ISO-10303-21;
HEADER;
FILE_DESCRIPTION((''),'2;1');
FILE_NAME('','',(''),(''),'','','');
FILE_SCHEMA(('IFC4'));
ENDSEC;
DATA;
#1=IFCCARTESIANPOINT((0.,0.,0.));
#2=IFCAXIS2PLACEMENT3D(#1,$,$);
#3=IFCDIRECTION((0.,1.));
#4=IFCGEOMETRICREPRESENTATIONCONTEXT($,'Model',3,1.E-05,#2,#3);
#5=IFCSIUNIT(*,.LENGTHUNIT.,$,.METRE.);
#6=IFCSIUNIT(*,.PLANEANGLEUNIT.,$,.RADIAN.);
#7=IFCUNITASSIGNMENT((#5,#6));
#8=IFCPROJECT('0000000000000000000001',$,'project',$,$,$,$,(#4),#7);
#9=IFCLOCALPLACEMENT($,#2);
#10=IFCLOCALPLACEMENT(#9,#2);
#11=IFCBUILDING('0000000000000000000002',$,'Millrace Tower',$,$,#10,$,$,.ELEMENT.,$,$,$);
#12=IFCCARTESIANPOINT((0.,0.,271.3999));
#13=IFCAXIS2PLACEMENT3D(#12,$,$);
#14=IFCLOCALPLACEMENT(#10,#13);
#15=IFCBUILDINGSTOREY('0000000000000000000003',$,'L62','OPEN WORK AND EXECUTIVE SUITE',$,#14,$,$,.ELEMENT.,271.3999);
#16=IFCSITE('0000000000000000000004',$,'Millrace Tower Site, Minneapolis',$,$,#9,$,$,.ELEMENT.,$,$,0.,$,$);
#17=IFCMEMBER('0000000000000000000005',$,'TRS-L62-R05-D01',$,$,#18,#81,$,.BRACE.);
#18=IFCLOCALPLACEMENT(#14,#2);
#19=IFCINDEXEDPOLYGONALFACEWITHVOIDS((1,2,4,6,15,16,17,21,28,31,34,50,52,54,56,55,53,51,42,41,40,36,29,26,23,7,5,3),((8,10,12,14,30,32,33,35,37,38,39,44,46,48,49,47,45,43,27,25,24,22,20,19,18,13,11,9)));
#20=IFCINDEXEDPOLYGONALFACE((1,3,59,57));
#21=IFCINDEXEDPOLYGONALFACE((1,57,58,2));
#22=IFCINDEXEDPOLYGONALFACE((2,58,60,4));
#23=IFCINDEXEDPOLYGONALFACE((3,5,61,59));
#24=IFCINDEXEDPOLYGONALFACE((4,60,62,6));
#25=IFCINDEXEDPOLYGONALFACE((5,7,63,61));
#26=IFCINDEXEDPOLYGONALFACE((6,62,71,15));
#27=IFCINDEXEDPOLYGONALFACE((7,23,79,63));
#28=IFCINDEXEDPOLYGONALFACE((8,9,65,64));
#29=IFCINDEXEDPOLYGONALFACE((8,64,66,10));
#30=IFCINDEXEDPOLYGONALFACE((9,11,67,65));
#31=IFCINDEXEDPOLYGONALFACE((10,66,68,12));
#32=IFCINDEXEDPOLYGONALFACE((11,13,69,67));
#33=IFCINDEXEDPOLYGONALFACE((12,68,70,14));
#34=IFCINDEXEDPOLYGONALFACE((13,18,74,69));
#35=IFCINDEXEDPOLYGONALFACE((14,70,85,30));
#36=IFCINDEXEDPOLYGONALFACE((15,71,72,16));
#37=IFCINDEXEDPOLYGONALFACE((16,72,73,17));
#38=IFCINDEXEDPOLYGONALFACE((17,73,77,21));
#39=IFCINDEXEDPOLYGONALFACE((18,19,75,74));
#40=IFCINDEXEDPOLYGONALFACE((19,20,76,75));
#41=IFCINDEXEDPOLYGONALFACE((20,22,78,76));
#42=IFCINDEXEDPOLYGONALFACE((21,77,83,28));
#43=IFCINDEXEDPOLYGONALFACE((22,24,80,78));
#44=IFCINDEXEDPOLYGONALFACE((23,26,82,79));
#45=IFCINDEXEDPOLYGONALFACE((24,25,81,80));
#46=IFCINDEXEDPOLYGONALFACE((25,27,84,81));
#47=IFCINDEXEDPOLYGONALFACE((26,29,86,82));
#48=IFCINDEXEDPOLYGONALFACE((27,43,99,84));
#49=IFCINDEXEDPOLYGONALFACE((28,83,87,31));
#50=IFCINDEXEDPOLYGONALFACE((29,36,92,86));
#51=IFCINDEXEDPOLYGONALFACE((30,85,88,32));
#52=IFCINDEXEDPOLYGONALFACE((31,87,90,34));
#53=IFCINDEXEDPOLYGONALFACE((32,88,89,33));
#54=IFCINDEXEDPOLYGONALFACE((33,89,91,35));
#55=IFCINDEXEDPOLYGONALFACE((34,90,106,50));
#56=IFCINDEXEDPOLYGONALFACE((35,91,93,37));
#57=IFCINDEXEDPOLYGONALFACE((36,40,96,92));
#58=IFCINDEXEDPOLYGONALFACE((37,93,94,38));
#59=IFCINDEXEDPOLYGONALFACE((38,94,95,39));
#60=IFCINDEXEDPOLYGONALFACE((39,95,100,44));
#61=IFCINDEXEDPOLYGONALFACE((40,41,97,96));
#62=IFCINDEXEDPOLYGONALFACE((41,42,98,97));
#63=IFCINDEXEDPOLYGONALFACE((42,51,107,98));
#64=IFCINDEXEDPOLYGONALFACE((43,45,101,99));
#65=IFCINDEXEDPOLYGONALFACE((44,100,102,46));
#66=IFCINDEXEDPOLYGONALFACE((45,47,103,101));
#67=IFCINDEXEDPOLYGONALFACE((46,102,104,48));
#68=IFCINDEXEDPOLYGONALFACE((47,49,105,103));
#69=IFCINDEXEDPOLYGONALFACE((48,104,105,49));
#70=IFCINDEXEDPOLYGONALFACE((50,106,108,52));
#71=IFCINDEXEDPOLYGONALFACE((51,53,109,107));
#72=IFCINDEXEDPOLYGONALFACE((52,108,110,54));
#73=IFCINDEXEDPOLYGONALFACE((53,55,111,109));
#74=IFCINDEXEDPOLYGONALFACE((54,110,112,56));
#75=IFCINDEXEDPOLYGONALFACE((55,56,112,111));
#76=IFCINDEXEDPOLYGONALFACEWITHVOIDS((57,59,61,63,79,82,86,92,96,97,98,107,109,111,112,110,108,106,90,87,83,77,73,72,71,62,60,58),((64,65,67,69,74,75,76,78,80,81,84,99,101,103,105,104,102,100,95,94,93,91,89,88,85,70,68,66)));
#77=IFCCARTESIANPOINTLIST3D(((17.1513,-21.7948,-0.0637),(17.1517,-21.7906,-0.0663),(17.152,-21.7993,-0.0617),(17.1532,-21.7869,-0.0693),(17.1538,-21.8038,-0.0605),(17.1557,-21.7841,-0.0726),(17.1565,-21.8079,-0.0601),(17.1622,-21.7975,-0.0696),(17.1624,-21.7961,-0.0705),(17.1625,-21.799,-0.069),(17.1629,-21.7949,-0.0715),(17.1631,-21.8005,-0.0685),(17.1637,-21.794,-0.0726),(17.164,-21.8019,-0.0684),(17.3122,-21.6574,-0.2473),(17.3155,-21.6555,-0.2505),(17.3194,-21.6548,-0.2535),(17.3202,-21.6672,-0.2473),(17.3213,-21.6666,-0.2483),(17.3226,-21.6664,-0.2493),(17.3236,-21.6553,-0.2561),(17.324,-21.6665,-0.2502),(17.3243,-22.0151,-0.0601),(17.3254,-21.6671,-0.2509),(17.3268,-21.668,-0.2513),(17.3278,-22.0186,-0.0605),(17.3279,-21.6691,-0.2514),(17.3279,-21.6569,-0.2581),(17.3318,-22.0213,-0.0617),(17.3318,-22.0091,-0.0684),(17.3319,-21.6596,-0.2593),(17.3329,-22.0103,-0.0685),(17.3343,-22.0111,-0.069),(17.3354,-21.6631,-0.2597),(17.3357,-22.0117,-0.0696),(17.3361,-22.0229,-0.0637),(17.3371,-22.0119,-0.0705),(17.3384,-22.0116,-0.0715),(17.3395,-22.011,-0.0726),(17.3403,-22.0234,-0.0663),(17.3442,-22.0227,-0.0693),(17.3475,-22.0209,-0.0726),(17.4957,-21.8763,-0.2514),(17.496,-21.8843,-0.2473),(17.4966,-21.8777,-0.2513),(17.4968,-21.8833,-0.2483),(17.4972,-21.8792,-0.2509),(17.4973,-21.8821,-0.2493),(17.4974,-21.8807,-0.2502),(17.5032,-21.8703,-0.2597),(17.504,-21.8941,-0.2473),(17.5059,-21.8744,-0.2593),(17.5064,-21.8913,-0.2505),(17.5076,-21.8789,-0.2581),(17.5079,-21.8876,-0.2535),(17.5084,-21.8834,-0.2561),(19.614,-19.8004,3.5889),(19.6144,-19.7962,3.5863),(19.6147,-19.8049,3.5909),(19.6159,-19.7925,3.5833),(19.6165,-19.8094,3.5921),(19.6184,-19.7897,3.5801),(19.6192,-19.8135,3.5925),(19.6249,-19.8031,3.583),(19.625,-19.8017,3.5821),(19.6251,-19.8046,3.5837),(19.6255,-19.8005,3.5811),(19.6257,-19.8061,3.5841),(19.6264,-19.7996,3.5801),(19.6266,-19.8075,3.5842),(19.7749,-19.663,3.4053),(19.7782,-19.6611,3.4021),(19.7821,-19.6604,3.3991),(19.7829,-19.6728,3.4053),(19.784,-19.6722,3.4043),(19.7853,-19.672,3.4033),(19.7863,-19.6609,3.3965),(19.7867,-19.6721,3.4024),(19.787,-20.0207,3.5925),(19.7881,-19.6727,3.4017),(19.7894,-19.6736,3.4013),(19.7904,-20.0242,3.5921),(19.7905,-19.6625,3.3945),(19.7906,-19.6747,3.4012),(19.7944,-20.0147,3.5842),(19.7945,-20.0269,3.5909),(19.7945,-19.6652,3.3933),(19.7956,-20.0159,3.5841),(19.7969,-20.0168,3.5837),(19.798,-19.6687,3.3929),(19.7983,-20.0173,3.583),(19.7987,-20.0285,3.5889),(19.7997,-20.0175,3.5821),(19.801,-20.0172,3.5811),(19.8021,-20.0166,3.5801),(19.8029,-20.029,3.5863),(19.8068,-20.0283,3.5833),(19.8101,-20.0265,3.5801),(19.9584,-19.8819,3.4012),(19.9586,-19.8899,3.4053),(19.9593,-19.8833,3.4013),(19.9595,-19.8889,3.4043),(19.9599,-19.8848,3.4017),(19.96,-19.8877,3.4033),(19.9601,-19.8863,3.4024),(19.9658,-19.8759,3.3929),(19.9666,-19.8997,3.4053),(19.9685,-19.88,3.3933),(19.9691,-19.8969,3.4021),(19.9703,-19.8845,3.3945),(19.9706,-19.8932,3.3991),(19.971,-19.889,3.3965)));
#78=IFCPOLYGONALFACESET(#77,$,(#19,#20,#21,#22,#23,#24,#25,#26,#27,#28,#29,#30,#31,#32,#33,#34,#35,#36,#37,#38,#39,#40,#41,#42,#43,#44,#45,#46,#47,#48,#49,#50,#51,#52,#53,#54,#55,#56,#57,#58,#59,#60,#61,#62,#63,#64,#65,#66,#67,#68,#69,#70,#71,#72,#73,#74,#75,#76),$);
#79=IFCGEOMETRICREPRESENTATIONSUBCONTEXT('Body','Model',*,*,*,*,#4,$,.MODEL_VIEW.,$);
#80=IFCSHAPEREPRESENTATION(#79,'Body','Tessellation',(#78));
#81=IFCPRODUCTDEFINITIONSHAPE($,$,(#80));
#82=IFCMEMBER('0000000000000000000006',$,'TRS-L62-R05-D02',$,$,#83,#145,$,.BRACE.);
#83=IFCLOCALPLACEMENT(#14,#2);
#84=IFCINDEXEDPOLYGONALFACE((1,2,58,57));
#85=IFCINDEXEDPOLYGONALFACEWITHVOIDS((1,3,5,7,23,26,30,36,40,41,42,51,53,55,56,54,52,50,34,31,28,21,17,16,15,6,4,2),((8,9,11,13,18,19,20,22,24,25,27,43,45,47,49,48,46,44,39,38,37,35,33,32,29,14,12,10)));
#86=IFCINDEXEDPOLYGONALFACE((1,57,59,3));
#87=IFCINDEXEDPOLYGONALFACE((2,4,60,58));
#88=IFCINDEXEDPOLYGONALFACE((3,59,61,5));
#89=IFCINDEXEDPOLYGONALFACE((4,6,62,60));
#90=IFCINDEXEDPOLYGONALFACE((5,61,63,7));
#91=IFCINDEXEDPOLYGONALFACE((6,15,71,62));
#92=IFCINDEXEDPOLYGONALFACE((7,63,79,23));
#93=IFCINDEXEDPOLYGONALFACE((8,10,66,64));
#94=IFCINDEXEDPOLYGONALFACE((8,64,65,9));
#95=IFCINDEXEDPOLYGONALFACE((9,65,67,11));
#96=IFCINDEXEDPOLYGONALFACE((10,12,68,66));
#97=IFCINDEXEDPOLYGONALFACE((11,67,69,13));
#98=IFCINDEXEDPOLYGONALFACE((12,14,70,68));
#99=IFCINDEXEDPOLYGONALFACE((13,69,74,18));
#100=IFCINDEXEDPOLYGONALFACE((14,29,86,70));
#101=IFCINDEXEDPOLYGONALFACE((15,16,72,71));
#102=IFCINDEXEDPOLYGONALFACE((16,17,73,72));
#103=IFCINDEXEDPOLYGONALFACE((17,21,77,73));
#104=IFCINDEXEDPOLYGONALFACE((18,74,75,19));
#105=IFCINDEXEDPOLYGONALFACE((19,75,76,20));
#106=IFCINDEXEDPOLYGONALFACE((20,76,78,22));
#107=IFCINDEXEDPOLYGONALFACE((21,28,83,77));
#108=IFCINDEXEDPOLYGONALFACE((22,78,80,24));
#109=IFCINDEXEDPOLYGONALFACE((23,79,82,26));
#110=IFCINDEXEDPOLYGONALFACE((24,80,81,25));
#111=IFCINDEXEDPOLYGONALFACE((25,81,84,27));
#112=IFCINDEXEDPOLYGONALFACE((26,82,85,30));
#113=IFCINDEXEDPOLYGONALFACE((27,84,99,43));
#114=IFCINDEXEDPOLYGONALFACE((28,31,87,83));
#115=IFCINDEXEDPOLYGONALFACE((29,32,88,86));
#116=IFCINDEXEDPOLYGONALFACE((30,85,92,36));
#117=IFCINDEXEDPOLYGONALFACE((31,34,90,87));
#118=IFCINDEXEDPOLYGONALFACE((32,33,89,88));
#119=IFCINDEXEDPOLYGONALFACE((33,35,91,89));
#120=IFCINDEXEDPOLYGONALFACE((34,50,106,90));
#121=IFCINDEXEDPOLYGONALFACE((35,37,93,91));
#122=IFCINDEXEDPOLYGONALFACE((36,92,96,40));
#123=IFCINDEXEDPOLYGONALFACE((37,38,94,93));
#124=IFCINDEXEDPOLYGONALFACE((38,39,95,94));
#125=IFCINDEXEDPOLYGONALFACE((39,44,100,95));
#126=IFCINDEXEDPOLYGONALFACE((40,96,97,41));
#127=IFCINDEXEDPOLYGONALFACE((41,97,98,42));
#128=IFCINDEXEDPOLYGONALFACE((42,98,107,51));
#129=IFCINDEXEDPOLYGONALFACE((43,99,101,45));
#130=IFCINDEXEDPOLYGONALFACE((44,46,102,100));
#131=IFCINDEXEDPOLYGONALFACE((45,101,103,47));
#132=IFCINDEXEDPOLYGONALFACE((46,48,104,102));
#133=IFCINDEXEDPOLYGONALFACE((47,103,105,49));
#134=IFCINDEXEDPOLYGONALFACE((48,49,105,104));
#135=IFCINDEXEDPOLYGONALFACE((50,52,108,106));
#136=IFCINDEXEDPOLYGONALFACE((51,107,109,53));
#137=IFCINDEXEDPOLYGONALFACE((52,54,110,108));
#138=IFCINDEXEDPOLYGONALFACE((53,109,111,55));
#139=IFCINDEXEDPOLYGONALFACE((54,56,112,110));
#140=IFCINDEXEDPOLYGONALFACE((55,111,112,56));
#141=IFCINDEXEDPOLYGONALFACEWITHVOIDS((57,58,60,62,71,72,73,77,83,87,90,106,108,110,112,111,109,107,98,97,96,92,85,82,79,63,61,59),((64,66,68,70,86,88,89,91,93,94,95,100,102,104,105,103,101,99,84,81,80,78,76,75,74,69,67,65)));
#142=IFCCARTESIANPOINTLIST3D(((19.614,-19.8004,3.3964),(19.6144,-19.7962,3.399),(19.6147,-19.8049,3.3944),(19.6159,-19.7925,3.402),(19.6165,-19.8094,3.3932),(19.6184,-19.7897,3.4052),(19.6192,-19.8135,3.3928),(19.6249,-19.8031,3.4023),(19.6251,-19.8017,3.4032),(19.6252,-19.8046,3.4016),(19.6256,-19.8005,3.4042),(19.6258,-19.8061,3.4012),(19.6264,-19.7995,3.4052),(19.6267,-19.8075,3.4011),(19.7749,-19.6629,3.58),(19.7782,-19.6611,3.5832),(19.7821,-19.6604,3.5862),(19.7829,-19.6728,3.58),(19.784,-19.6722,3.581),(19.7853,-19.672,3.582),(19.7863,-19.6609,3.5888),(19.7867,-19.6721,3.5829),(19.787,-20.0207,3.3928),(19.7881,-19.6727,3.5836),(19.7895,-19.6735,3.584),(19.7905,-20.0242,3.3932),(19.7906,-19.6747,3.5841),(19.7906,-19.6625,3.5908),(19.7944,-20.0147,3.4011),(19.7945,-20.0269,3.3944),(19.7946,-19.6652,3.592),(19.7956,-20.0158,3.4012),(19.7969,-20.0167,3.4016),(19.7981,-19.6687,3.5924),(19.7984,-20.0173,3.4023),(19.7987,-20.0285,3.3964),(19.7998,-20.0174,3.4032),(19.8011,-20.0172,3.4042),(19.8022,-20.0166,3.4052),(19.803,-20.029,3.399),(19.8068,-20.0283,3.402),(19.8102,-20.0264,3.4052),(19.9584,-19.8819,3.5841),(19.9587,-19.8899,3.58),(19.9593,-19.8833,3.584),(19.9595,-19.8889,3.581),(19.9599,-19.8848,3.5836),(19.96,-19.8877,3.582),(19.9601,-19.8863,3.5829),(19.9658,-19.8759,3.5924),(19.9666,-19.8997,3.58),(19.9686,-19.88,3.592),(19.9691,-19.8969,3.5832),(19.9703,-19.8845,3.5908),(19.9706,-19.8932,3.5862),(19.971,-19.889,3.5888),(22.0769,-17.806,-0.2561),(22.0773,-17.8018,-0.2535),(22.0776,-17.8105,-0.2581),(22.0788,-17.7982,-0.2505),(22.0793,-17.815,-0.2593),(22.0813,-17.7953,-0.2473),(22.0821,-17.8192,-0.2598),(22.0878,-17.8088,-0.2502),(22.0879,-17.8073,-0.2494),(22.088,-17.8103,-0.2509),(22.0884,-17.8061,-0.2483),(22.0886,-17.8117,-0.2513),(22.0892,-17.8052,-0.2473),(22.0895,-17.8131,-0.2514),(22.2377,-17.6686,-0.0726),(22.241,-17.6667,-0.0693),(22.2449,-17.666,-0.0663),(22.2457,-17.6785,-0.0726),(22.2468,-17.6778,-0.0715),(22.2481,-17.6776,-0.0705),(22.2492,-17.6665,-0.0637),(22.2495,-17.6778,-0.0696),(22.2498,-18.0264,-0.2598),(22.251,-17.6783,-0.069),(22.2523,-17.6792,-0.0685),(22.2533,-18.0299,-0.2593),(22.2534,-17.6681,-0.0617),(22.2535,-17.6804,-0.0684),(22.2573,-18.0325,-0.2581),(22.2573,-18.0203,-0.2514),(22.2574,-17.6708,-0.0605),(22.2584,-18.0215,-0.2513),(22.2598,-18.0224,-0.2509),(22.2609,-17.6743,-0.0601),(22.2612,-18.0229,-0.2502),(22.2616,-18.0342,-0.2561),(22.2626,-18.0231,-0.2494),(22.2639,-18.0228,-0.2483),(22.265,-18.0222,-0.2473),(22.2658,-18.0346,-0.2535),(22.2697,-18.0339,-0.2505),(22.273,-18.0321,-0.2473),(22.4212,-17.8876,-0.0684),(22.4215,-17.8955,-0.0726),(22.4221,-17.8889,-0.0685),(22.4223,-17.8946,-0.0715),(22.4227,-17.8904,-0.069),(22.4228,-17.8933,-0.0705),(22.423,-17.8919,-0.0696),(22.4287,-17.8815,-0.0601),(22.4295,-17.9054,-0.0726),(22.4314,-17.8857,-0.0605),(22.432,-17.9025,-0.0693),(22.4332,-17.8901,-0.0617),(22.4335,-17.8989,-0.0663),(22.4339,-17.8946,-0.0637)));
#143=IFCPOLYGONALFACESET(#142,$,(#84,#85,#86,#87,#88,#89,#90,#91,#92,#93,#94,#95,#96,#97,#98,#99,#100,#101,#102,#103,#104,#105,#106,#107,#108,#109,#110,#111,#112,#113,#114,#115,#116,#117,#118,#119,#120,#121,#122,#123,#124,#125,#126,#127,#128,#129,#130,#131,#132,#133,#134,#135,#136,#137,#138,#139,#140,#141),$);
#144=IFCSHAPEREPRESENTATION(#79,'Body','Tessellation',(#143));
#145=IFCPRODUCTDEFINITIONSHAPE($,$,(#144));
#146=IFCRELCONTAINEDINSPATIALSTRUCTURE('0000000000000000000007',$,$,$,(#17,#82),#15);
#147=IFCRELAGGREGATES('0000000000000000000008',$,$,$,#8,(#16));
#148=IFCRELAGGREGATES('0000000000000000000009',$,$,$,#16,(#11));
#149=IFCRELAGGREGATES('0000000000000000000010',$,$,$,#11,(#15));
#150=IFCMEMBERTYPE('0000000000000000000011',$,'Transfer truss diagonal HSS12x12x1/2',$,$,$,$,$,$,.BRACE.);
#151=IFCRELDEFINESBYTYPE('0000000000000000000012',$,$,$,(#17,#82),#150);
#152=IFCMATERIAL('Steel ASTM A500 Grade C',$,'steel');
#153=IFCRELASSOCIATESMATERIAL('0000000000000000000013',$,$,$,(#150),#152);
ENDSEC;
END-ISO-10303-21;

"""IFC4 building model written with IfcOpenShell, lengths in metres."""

from ifc_helpers import new_model, si_unit, direction, frame, origin, origin_2d, place, context, subcontext, project, spatial, hollow_rectangle, extrude, material, material_profile, profile_set, type_object, element, save


model = new_model("IFC4")

# Units and contexts
model_context = context("Model", 3, precision=1e-05, world=origin(), true_north=direction((0.0, 1.0)))
body_context = subcontext(model_context, "Body", "Model", "MODEL_VIEW")
ifc_project = project(units=[si_unit("LENGTHUNIT", "METRE"), si_unit("PLANEANGLEUNIT", "RADIAN")], contexts=[model_context])

# Site, building, storey
site_placement = place(None, origin())
site = spatial("IfcSite", under=ifc_project, at=site_placement, Name="Millrace Tower Site, Minneapolis", CompositionType="ELEMENT", RefElevation=0.0)
building_placement = place(site_placement, origin())
building = spatial("IfcBuilding", under=site, at=building_placement, Name="Millrace Tower", CompositionType="ELEMENT")
storey_placement = place(building_placement, frame((0.0, 0.0, 271.3999)))
storey = spatial("IfcBuildingStorey", under=building, at=storey_placement, Name="L62", Description="OPEN WORK AND EXECUTIVE SUITE", CompositionType="ELEMENT", Elevation=271.3999)

# Members
ifc_material_1 = material(Name="Steel ASTM A500 Grade C", Category="steel")
ifc_material_profile_1 = material_profile(ifc_material_1, hollow_rectangle(XDim=0.3047, YDim=0.3047, WallThickness=0.0127, InnerFilletRadius=0.0063, OuterFilletRadius=0.019, at=origin_2d()))
ifc_profile_set_1 = profile_set([ifc_material_profile_1], Name="Steel ASTM A500 Grade C")
member_type_1 = type_object("IfcMemberType", Name="Transfer truss diagonal HSS12x12x1/2", PredefinedType="BRACE", material=ifc_profile_set_1)
for number, where, z_axis, x_axis, name in (
    (1, (17.3298, -21.8391, -0.1599), (0.509268, 0.412433, 0.755344), (-0.629353, 0.777119, 0.0), "TRS-L62-R05-D01"),
    (2, (22.2554, -17.8503, -0.1599), (-0.509305, -0.412422, 0.755325), (0.629316, -0.77715, 0.0), "TRS-L62-R05-D02"),
):
    element("IfcMember", number, at=place(storey_placement, frame(where, z_axis=z_axis, x_axis=x_axis)), inside=storey, type_object=member_type_1, Name=name, PredefinedType="BRACE", context=body_context, shape_type="SweptSolid", body=[
        extrude(hollow_rectangle(XDim=0.3047, YDim=0.3047, WallThickness=0.0127, InnerFilletRadius=0.0063, OuterFilletRadius=0.019, at=origin_2d()), origin(), (0.0, 0.0, 1.0), 4.8357),
    ])

save(model, "model.ifc")
